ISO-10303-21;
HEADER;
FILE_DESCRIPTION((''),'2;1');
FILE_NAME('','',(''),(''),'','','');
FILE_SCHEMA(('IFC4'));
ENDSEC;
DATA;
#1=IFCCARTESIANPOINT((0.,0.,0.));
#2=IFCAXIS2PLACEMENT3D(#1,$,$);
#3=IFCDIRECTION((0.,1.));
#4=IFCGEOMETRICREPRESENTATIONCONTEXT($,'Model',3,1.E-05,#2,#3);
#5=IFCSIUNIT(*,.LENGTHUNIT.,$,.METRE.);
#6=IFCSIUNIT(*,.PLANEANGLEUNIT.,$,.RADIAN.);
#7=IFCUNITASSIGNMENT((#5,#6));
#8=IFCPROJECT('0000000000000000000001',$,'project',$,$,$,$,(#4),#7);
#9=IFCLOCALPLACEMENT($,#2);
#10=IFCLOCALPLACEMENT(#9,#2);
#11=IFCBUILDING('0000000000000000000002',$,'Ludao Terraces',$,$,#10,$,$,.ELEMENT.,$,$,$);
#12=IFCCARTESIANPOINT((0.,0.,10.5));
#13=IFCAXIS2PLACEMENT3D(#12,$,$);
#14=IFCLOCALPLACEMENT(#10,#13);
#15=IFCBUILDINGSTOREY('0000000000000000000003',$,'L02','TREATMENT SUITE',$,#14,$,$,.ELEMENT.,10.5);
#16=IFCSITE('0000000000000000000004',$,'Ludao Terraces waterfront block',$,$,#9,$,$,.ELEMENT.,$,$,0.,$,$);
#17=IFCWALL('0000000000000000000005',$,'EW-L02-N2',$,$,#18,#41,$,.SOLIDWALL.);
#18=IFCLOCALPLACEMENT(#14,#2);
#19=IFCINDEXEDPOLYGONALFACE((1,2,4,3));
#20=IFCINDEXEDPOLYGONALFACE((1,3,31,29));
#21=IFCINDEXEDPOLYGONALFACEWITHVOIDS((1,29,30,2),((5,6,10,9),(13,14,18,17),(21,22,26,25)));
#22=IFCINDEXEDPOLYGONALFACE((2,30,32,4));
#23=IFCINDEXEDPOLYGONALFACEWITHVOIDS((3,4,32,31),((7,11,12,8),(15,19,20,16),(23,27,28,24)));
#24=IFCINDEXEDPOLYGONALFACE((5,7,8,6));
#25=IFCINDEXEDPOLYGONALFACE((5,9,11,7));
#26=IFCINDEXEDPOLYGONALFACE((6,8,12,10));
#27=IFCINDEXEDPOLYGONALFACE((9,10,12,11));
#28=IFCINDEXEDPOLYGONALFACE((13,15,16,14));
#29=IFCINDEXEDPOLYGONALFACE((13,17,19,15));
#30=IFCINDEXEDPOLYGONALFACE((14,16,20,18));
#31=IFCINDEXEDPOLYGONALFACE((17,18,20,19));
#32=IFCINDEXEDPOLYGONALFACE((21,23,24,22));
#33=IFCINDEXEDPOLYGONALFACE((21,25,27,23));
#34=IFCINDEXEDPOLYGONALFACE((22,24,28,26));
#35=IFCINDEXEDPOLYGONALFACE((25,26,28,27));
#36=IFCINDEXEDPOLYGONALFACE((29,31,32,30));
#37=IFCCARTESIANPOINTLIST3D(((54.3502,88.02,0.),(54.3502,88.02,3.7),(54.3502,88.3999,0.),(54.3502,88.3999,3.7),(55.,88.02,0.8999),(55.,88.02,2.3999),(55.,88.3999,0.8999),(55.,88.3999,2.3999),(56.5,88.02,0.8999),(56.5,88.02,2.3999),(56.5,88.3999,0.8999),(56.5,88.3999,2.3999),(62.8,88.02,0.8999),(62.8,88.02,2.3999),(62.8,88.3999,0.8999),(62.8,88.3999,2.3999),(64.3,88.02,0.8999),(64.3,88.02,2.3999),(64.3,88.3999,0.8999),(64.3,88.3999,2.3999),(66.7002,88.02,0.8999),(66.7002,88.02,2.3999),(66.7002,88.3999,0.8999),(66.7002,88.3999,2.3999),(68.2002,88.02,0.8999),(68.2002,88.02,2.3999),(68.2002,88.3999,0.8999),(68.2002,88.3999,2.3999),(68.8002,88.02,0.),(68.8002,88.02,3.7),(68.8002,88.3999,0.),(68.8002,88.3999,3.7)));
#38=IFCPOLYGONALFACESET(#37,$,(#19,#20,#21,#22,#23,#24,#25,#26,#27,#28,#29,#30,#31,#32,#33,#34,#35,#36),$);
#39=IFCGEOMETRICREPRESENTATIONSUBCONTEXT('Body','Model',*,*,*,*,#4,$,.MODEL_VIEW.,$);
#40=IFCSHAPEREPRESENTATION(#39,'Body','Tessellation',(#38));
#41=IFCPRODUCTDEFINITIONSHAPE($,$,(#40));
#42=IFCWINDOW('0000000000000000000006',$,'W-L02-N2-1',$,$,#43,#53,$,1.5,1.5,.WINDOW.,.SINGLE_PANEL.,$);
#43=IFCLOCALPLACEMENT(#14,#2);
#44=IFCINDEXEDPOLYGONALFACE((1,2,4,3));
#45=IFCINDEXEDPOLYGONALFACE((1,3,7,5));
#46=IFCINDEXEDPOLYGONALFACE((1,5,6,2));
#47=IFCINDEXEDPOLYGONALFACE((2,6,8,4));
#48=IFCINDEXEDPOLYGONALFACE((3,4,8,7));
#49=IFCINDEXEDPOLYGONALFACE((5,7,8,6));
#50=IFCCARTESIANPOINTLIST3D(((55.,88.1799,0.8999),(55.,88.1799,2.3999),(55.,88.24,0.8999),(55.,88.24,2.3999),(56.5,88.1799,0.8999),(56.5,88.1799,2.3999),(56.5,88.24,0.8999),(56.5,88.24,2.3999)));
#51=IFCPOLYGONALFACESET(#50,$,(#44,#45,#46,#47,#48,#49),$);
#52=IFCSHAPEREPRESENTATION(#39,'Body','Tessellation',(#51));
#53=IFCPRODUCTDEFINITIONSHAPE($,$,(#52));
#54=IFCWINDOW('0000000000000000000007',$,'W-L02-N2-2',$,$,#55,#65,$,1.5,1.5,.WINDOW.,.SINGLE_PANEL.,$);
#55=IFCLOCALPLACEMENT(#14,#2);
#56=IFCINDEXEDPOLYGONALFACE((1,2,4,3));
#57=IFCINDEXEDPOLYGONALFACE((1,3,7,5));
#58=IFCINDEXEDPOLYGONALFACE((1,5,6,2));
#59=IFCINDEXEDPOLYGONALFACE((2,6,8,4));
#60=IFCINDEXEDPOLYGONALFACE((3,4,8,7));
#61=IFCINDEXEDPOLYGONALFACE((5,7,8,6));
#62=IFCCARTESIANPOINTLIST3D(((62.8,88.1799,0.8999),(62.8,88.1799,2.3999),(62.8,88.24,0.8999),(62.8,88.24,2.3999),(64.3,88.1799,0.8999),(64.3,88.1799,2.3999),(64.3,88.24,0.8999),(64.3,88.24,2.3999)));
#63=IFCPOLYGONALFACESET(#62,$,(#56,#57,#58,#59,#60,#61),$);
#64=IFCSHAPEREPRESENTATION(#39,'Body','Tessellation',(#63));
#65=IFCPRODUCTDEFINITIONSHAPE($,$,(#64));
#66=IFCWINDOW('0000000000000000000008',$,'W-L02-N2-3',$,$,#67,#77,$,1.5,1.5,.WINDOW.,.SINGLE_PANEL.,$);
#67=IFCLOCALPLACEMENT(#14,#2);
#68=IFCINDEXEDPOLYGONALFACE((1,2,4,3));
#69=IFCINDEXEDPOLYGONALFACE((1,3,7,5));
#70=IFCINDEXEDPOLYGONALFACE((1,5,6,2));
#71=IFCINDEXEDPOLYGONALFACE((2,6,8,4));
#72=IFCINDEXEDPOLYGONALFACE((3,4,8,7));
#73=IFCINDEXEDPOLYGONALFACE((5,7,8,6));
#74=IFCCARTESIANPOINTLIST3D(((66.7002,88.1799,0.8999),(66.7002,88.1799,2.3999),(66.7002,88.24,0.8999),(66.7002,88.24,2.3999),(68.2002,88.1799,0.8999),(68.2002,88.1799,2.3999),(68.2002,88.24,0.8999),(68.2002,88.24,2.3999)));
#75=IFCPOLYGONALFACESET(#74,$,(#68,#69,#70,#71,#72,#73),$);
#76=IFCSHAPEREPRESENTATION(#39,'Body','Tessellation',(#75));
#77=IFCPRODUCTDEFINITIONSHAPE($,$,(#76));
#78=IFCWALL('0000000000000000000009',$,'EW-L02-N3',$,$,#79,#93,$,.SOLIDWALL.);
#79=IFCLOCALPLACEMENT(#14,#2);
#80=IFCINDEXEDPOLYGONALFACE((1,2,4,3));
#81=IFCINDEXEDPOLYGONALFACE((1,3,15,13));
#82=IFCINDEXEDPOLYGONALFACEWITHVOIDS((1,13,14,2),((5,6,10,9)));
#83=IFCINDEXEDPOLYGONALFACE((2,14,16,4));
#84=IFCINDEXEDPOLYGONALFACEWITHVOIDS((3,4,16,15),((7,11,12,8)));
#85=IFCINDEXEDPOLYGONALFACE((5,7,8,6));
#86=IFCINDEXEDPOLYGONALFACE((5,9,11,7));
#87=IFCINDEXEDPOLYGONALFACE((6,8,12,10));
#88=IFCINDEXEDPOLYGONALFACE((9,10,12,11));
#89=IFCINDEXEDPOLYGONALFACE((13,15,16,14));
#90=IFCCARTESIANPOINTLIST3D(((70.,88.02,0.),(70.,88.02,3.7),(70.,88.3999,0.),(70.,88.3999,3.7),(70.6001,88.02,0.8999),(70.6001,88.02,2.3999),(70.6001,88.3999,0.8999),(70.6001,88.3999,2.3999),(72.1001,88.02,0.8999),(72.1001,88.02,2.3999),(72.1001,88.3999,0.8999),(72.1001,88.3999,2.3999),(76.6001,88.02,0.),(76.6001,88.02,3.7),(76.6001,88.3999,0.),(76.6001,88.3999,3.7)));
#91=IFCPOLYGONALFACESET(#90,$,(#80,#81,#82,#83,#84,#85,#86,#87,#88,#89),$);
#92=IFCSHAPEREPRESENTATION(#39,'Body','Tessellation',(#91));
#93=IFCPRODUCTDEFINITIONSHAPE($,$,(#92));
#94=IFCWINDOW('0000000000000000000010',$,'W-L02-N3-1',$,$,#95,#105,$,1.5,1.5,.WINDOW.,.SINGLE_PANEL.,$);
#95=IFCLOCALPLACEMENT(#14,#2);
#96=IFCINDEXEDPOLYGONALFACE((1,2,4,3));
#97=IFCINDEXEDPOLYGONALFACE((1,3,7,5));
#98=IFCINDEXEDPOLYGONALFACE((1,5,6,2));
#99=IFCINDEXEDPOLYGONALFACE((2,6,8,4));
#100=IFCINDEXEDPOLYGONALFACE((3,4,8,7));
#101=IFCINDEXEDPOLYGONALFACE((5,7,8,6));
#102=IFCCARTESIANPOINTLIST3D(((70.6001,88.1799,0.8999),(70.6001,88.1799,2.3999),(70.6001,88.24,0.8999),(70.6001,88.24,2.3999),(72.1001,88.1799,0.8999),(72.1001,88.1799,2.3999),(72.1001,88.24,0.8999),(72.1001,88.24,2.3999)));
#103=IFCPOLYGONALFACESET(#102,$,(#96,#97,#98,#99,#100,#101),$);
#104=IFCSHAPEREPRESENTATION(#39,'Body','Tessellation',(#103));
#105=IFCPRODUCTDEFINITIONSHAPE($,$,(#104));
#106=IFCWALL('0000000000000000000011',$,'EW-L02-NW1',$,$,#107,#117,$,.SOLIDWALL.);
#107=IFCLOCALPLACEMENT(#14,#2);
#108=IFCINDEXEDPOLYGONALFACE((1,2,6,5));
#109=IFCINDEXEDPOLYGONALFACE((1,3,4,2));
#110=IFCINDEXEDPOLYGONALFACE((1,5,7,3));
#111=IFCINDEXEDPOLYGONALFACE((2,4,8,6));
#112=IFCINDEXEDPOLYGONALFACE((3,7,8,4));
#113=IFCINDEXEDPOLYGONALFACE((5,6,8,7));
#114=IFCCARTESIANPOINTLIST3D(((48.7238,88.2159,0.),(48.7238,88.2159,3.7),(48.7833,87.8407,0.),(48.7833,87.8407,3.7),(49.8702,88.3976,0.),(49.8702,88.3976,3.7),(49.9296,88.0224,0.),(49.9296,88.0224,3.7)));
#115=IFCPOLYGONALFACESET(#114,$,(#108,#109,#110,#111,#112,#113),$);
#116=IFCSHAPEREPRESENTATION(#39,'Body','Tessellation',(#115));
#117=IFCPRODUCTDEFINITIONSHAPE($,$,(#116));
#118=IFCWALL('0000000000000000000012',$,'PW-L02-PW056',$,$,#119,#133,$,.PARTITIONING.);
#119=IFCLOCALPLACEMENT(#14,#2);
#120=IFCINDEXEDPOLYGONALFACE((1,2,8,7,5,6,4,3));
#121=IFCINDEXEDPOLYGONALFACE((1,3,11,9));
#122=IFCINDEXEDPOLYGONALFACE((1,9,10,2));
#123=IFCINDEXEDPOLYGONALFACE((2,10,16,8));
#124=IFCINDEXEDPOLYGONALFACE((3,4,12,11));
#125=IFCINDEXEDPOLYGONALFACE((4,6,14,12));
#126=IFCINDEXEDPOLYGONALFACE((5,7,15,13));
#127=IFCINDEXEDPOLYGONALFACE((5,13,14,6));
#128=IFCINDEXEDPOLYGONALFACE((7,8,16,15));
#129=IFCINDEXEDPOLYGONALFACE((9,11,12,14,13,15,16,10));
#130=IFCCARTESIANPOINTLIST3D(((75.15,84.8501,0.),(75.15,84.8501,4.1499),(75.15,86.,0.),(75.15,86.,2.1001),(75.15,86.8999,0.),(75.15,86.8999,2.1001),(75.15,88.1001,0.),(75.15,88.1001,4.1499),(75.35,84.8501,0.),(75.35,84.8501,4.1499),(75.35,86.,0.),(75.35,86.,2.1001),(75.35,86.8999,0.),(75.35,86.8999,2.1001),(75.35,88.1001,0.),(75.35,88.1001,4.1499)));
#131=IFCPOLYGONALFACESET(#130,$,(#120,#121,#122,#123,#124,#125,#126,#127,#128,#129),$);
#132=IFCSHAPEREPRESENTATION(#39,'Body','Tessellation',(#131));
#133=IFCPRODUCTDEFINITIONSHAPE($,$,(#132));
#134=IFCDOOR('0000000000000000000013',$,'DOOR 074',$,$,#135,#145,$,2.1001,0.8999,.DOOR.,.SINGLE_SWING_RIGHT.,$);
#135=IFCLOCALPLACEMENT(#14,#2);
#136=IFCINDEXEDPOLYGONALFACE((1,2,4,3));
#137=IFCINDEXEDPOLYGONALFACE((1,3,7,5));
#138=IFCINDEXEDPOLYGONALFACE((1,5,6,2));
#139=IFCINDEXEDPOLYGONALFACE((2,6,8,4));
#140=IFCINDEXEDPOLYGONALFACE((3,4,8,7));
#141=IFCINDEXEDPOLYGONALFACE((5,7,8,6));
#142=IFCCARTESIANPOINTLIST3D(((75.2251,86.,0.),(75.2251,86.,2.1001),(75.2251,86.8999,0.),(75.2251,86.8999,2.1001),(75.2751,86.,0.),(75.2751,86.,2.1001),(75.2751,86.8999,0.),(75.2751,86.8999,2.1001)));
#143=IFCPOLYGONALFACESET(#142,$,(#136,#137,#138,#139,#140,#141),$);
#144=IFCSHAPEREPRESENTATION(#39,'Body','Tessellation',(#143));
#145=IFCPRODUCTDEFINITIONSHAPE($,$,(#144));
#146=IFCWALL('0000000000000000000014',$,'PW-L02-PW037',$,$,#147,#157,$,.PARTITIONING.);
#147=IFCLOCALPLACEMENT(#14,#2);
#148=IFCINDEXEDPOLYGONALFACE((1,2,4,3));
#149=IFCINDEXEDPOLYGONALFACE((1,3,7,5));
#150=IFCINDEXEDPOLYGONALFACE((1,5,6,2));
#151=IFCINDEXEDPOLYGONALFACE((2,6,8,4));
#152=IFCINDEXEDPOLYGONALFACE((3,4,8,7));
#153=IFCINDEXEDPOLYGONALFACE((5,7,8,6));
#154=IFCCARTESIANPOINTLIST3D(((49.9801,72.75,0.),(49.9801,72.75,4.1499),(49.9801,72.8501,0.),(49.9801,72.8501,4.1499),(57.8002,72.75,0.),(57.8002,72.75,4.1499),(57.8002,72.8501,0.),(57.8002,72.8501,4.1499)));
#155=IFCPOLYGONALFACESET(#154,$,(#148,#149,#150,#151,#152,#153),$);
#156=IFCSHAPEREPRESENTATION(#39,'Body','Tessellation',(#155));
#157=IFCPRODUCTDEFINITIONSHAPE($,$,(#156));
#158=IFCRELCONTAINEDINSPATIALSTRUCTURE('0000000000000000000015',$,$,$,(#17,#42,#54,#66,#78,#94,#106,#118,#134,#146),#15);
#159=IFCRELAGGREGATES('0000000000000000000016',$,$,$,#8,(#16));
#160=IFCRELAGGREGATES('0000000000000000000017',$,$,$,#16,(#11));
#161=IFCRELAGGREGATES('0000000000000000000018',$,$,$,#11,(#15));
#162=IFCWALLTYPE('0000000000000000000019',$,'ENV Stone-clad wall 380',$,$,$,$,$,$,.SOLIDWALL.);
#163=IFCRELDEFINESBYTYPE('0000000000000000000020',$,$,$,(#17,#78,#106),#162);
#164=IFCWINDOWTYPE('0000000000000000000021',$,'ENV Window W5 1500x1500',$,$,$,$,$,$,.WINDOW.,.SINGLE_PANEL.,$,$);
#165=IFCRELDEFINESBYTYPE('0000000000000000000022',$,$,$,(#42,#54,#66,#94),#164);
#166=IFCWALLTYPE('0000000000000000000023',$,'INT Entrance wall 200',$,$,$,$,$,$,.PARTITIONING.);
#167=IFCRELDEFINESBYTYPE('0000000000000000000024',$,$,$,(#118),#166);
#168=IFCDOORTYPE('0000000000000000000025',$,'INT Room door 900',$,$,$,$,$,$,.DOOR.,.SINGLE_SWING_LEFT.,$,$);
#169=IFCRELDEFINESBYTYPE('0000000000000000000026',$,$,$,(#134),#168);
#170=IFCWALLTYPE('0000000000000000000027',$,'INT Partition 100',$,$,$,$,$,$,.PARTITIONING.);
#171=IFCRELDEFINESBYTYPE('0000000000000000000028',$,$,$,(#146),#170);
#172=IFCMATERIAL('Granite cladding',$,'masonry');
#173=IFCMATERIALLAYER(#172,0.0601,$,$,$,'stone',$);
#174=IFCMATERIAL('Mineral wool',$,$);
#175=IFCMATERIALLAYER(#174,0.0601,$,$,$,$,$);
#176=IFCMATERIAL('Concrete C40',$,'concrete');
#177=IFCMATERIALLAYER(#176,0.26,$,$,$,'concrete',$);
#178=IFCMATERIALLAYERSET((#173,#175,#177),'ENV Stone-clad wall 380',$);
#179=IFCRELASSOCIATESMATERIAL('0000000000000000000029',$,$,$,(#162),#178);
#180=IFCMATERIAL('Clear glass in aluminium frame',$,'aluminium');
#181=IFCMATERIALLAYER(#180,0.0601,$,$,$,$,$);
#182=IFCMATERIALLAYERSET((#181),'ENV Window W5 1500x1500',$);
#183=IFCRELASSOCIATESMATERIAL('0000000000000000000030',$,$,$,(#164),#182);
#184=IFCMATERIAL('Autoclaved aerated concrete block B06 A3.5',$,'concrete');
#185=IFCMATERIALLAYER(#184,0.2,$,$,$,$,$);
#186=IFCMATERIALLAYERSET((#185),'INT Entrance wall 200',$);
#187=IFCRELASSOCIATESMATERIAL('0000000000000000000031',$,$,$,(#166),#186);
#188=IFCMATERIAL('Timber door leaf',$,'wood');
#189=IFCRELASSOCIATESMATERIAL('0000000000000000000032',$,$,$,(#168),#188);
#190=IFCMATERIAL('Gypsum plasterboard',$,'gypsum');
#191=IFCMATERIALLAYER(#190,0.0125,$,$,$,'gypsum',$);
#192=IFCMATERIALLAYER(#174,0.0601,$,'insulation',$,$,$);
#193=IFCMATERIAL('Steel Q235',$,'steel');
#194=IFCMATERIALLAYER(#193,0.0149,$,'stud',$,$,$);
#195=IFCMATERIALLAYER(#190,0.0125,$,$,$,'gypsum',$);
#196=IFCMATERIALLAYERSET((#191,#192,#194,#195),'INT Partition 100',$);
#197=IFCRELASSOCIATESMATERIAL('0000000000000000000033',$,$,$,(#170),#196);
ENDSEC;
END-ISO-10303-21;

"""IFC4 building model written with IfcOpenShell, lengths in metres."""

from ifc_helpers import new_model, si_unit, direction, frame, frame_2d, origin, place, context, subcontext, project, spatial, rectangle, extrude, material, layer, layer_set, type_object, element, fill, save


model = new_model("IFC4")

# Units and contexts
model_context = context("Model", 3, precision=1e-05, world=origin(), true_north=direction((0.0, 1.0)))
body_context = subcontext(model_context, "Body", "Model", "MODEL_VIEW")
ifc_project = project(units=[si_unit("LENGTHUNIT", "METRE"), si_unit("PLANEANGLEUNIT", "RADIAN")], contexts=[model_context])

# Site, building, storey
site_placement = place(None, origin())
site = spatial("IfcSite", under=ifc_project, at=site_placement, Name="Ludao Terraces waterfront block", CompositionType="ELEMENT", RefElevation=0.0)
building_placement = place(site_placement, origin())
building = spatial("IfcBuilding", under=site, at=building_placement, Name="Ludao Terraces", CompositionType="ELEMENT")
storey_placement = place(building_placement, frame((0.0, 0.0, 10.5)))
storey = spatial("IfcBuildingStorey", under=building, at=storey_placement, Name="L02", Description="TREATMENT SUITE", CompositionType="ELEMENT", Elevation=10.5)

# Shared definitions
ifc_material_1 = material(Name="Steel Q235", Category="steel")

# Shared definitions
ifc_material_2 = material(Name="Granite cladding", Category="masonry")
ifc_layer_1 = layer(ifc_material_2, 0.0601, Category="stone")
ifc_material_3 = material(Name="Mineral wool")
ifc_layer_2 = layer(ifc_material_3, 0.0601)
ifc_material_4 = material(Name="Concrete C40", Category="concrete")
ifc_layer_3 = layer(ifc_material_4, 0.26, Category="concrete")
ifc_layer_set_1 = layer_set([ifc_layer_1, ifc_layer_2, ifc_layer_3], Name="ENV Stone-clad wall 380")
wall_type_1 = type_object("IfcWallType", Name="ENV Stone-clad wall 380", PredefinedType="SOLIDWALL", material=ifc_layer_set_1)
ifc_material_5 = material(Name="Clear glass in aluminium frame", Category="aluminium")
ifc_layer_4 = layer(ifc_material_5, 0.0601)
ifc_layer_set_2 = layer_set([ifc_layer_4], Name="ENV Window W5 1500x1500")
window_type = type_object("IfcWindowType", Name="ENV Window W5 1500x1500", PartitioningType="SINGLE_PANEL", PredefinedType="WINDOW", material=ifc_layer_set_2)

# Wall, openings, windows
wall_1_placement = place(storey_placement, frame((54.3501, 88.21, 0.0), z_axis=(0.0, 0.0, 1.0), x_axis=(1.0, 0.0, 0.0)))
wall_1 = element("IfcWall", 1, at=wall_1_placement, inside=storey, type_object=wall_type_1, Name="EW-L02-N2", PredefinedType="SOLIDWALL", context=body_context, shape_type="SweptSolid", body=[
    extrude(rectangle(XDim=14.45, YDim=0.3799, at=frame_2d((7.2251, 0.0))), origin(), (0.0, 0.0, 1.0), 3.7),
])
opening_1_placement = place(wall_1_placement, frame((0.6499, 0.0, 0.8999)))
opening_1 = element("IfcOpeningElement", 2, at=opening_1_placement, cuts=wall_1, PredefinedType="OPENING", context=body_context, shape_type="SweptSolid", body=[
    extrude(rectangle(XDim=1.5, YDim=1.5, at=frame_2d((0.75, 0.75))), frame((0.0, 0.2, 0.0), z_axis=(0.0, -1.0, 0.0), x_axis=(1.0, 0.0, 0.0)), (0.0, 0.0, 1.0), 0.3999),
])
opening_2_placement = place(wall_1_placement, frame((8.45, 0.0, 0.8999)))
opening_2 = element("IfcOpeningElement", 3, at=opening_2_placement, cuts=wall_1, PredefinedType="OPENING", context=body_context, shape_type="SweptSolid", body=[
    extrude(rectangle(XDim=1.5, YDim=1.5, at=frame_2d((0.75, 0.75))), frame((0.0, 0.2, 0.0), z_axis=(0.0, -1.0, 0.0), x_axis=(1.0, 0.0, 0.0)), (0.0, 0.0, 1.0), 0.3999),
])
opening_3_placement = place(wall_1_placement, frame((12.3501, 0.0, 0.8999)))
opening_3 = element("IfcOpeningElement", 4, at=opening_3_placement, cuts=wall_1, PredefinedType="OPENING", context=body_context, shape_type="SweptSolid", body=[
    extrude(rectangle(XDim=1.5, YDim=1.5, at=frame_2d((0.75, 0.75))), frame((0.0, 0.2, 0.0), z_axis=(0.0, -1.0, 0.0), x_axis=(1.0, 0.0, 0.0)), (0.0, 0.0, 1.0), 0.3999),
])
window_1_placement = place(opening_1_placement, origin())
window_1 = element("IfcWindow", 5, at=window_1_placement, inside=storey, type_object=window_type, Name="W-L02-N2-1", OverallHeight=1.5, OverallWidth=1.5, PartitioningType="SINGLE_PANEL", PredefinedType="WINDOW", context=body_context, shape_type="SweptSolid", body=[
    extrude(rectangle(XDim=1.5, YDim=1.5, at=frame_2d((0.75, 0.75))), frame((0.0, 0.03, 0.0), z_axis=(0.0, -1.0, 0.0), x_axis=(1.0, 0.0, 0.0)), (0.0, 0.0, 1.0), 0.0601),
])
fill(opening_1, window_1)
window_2_placement = place(opening_2_placement, origin())
window_2 = element("IfcWindow", 6, at=window_2_placement, inside=storey, type_object=window_type, Name="W-L02-N2-2", OverallHeight=1.5, OverallWidth=1.5, PartitioningType="SINGLE_PANEL", PredefinedType="WINDOW", context=body_context, shape_type="SweptSolid", body=[
    extrude(rectangle(XDim=1.5, YDim=1.5, at=frame_2d((0.75, 0.75))), frame((0.0, 0.03, 0.0), z_axis=(0.0, -1.0, 0.0), x_axis=(1.0, 0.0, 0.0)), (0.0, 0.0, 1.0), 0.0601),
])
fill(opening_2, window_2)
window_3_placement = place(opening_3_placement, origin())
window_3 = element("IfcWindow", 7, at=window_3_placement, inside=storey, type_object=window_type, Name="W-L02-N2-3", OverallHeight=1.5, OverallWidth=1.5, PartitioningType="SINGLE_PANEL", PredefinedType="WINDOW", context=body_context, shape_type="SweptSolid", body=[
    extrude(rectangle(XDim=1.5, YDim=1.5, at=frame_2d((0.75, 0.75))), frame((0.0, 0.03, 0.0), z_axis=(0.0, -1.0, 0.0), x_axis=(1.0, 0.0, 0.0)), (0.0, 0.0, 1.0), 0.0601),
])
fill(opening_3, window_3)

# Wall, opening, window
wall_2_placement = place(storey_placement, frame((70.0, 88.21, 0.0), z_axis=(0.0, 0.0, 1.0), x_axis=(1.0, 0.0, 0.0)))
wall_2 = element("IfcWall", 8, at=wall_2_placement, inside=storey, type_object=wall_type_1, Name="EW-L02-N3", PredefinedType="SOLIDWALL", context=body_context, shape_type="SweptSolid", body=[
    extrude(rectangle(XDim=6.6001, YDim=0.3799, at=frame_2d((3.3, 0.0))), origin(), (0.0, 0.0, 1.0), 3.7),
])
opening_4_placement = place(wall_2_placement, frame((0.6001, 0.0, 0.8999)))
opening_4 = element("IfcOpeningElement", 9, at=opening_4_placement, cuts=wall_2, PredefinedType="OPENING", context=body_context, shape_type="SweptSolid", body=[
    extrude(rectangle(XDim=1.5, YDim=1.5, at=frame_2d((0.75, 0.75))), frame((0.0, 0.2, 0.0), z_axis=(0.0, -1.0, 0.0), x_axis=(1.0, 0.0, 0.0)), (0.0, 0.0, 1.0), 0.3999),
])
window_4_placement = place(opening_4_placement, origin())
window_4 = element("IfcWindow", 10, at=window_4_placement, inside=storey, type_object=window_type, Name="W-L02-N3-1", OverallHeight=1.5, OverallWidth=1.5, PartitioningType="SINGLE_PANEL", PredefinedType="WINDOW", context=body_context, shape_type="SweptSolid", body=[
    extrude(rectangle(XDim=1.5, YDim=1.5, at=frame_2d((0.75, 0.75))), frame((0.0, 0.03, 0.0), z_axis=(0.0, -1.0, 0.0), x_axis=(1.0, 0.0, 0.0)), (0.0, 0.0, 1.0), 0.0601),
])
fill(opening_4, window_4)

# Wall
wall_3_placement = place(storey_placement, frame((49.8999, 88.21, 0.0), z_axis=(0.0, 0.0, 1.0), x_axis=(-0.987676, -0.156513, 0.0)))
element("IfcWall", 11, at=wall_3_placement, inside=storey, type_object=wall_type_1, Name="EW-L02-NW1", PredefinedType="SOLIDWALL", context=body_context, shape_type="SweptSolid", body=[
    extrude(rectangle(XDim=1.1606, YDim=0.3799, at=frame_2d((0.5803, 0.0))), origin(), (0.0, 0.0, 1.0), 3.7),
])

# Wall, opening, door
ifc_material_6 = material(Name="Autoclaved aerated concrete block B06 A3.5", Category="concrete")
ifc_layer_5 = layer(ifc_material_6, 0.2)
ifc_layer_set_3 = layer_set([ifc_layer_5], Name="INT Entrance wall 200")
wall_type_2 = type_object("IfcWallType", Name="INT Entrance wall 200", PredefinedType="PARTITIONING", material=ifc_layer_set_3)
wall_4_placement = place(storey_placement, frame((75.25, 84.8501, 0.0), z_axis=(0.0, 0.0, 1.0), x_axis=(0.0, 1.0, 0.0)))
wall_4 = element("IfcWall", 12, at=wall_4_placement, inside=storey, type_object=wall_type_2, Name="PW-L02-PW056", PredefinedType="PARTITIONING", context=body_context, shape_type="SweptSolid", body=[
    extrude(rectangle(XDim=3.25, YDim=0.2, at=frame_2d((1.625, 0.0))), origin(), (0.0, 0.0, 1.0), 4.1499),
])
opening_5_placement = place(wall_4_placement, frame((1.1499, 0.0, 0.0)))
opening_5 = element("IfcOpeningElement", 13, at=opening_5_placement, cuts=wall_4, PredefinedType="OPENING", context=body_context, shape_type="SweptSolid", body=[
    extrude(rectangle(XDim=0.8999, YDim=2.1001, at=frame_2d((0.45, 1.05))), frame((0.0, 0.1099, 0.0), z_axis=(0.0, -1.0, 0.0), x_axis=(1.0, 0.0, 0.0)), (0.0, 0.0, 1.0), 0.22),
])
ifc_material_7 = material(Name="Timber door leaf", Category="wood")
door_type_1 = type_object("IfcDoorType", Name="INT Room door 900", OperationType="SINGLE_SWING_LEFT", PredefinedType="DOOR", material=ifc_material_7)
door_1_placement = place(opening_5_placement, origin())
door_1 = element("IfcDoor", 14, at=door_1_placement, inside=storey, type_object=door_type_1, Name="DOOR 074", OperationType="SINGLE_SWING_RIGHT", OverallHeight=2.1001, OverallWidth=0.8999, PredefinedType="DOOR", context=body_context, shape_type="SweptSolid", body=[
    extrude(rectangle(XDim=0.8999, YDim=2.1001, at=frame_2d((0.45, 1.05))), frame((0.0, 0.0249, 0.0), z_axis=(0.0, -1.0, 0.0), x_axis=(1.0, 0.0, 0.0)), (0.0, 0.0, 1.0), 0.05),
])
fill(opening_5, door_1)

# Wall
ifc_material_8 = material(Name="Gypsum plasterboard", Category="gypsum")
ifc_layer_6 = layer(ifc_material_8, 0.0125, Category="gypsum")
ifc_layer_7 = layer(ifc_material_3, 0.0601, Name="insulation")
ifc_layer_8 = layer(ifc_material_1, 0.0149, Name="stud")
ifc_layer_9 = layer(ifc_material_8, 0.0125, Category="gypsum")
ifc_layer_set_4 = layer_set([ifc_layer_6, ifc_layer_7, ifc_layer_8, ifc_layer_9], Name="INT Partition 100")
wall_type_3 = type_object("IfcWallType", Name="INT Partition 100", PredefinedType="PARTITIONING", material=ifc_layer_set_4)
wall_5_placement = place(storey_placement, frame((49.98, 72.8, 0.0), z_axis=(0.0, 0.0, 1.0), x_axis=(1.0, 0.0, 0.0)))
element("IfcWall", 15, at=wall_5_placement, inside=storey, type_object=wall_type_3, Name="PW-L02-PW037", PredefinedType="PARTITIONING", context=body_context, shape_type="SweptSolid", body=[
    extrude(rectangle(XDim=7.8201, YDim=0.1001, at=frame_2d((3.9102, 0.0))), origin(), (0.0, 0.0, 1.0), 4.1499),
])

save(model, "model.ifc")
